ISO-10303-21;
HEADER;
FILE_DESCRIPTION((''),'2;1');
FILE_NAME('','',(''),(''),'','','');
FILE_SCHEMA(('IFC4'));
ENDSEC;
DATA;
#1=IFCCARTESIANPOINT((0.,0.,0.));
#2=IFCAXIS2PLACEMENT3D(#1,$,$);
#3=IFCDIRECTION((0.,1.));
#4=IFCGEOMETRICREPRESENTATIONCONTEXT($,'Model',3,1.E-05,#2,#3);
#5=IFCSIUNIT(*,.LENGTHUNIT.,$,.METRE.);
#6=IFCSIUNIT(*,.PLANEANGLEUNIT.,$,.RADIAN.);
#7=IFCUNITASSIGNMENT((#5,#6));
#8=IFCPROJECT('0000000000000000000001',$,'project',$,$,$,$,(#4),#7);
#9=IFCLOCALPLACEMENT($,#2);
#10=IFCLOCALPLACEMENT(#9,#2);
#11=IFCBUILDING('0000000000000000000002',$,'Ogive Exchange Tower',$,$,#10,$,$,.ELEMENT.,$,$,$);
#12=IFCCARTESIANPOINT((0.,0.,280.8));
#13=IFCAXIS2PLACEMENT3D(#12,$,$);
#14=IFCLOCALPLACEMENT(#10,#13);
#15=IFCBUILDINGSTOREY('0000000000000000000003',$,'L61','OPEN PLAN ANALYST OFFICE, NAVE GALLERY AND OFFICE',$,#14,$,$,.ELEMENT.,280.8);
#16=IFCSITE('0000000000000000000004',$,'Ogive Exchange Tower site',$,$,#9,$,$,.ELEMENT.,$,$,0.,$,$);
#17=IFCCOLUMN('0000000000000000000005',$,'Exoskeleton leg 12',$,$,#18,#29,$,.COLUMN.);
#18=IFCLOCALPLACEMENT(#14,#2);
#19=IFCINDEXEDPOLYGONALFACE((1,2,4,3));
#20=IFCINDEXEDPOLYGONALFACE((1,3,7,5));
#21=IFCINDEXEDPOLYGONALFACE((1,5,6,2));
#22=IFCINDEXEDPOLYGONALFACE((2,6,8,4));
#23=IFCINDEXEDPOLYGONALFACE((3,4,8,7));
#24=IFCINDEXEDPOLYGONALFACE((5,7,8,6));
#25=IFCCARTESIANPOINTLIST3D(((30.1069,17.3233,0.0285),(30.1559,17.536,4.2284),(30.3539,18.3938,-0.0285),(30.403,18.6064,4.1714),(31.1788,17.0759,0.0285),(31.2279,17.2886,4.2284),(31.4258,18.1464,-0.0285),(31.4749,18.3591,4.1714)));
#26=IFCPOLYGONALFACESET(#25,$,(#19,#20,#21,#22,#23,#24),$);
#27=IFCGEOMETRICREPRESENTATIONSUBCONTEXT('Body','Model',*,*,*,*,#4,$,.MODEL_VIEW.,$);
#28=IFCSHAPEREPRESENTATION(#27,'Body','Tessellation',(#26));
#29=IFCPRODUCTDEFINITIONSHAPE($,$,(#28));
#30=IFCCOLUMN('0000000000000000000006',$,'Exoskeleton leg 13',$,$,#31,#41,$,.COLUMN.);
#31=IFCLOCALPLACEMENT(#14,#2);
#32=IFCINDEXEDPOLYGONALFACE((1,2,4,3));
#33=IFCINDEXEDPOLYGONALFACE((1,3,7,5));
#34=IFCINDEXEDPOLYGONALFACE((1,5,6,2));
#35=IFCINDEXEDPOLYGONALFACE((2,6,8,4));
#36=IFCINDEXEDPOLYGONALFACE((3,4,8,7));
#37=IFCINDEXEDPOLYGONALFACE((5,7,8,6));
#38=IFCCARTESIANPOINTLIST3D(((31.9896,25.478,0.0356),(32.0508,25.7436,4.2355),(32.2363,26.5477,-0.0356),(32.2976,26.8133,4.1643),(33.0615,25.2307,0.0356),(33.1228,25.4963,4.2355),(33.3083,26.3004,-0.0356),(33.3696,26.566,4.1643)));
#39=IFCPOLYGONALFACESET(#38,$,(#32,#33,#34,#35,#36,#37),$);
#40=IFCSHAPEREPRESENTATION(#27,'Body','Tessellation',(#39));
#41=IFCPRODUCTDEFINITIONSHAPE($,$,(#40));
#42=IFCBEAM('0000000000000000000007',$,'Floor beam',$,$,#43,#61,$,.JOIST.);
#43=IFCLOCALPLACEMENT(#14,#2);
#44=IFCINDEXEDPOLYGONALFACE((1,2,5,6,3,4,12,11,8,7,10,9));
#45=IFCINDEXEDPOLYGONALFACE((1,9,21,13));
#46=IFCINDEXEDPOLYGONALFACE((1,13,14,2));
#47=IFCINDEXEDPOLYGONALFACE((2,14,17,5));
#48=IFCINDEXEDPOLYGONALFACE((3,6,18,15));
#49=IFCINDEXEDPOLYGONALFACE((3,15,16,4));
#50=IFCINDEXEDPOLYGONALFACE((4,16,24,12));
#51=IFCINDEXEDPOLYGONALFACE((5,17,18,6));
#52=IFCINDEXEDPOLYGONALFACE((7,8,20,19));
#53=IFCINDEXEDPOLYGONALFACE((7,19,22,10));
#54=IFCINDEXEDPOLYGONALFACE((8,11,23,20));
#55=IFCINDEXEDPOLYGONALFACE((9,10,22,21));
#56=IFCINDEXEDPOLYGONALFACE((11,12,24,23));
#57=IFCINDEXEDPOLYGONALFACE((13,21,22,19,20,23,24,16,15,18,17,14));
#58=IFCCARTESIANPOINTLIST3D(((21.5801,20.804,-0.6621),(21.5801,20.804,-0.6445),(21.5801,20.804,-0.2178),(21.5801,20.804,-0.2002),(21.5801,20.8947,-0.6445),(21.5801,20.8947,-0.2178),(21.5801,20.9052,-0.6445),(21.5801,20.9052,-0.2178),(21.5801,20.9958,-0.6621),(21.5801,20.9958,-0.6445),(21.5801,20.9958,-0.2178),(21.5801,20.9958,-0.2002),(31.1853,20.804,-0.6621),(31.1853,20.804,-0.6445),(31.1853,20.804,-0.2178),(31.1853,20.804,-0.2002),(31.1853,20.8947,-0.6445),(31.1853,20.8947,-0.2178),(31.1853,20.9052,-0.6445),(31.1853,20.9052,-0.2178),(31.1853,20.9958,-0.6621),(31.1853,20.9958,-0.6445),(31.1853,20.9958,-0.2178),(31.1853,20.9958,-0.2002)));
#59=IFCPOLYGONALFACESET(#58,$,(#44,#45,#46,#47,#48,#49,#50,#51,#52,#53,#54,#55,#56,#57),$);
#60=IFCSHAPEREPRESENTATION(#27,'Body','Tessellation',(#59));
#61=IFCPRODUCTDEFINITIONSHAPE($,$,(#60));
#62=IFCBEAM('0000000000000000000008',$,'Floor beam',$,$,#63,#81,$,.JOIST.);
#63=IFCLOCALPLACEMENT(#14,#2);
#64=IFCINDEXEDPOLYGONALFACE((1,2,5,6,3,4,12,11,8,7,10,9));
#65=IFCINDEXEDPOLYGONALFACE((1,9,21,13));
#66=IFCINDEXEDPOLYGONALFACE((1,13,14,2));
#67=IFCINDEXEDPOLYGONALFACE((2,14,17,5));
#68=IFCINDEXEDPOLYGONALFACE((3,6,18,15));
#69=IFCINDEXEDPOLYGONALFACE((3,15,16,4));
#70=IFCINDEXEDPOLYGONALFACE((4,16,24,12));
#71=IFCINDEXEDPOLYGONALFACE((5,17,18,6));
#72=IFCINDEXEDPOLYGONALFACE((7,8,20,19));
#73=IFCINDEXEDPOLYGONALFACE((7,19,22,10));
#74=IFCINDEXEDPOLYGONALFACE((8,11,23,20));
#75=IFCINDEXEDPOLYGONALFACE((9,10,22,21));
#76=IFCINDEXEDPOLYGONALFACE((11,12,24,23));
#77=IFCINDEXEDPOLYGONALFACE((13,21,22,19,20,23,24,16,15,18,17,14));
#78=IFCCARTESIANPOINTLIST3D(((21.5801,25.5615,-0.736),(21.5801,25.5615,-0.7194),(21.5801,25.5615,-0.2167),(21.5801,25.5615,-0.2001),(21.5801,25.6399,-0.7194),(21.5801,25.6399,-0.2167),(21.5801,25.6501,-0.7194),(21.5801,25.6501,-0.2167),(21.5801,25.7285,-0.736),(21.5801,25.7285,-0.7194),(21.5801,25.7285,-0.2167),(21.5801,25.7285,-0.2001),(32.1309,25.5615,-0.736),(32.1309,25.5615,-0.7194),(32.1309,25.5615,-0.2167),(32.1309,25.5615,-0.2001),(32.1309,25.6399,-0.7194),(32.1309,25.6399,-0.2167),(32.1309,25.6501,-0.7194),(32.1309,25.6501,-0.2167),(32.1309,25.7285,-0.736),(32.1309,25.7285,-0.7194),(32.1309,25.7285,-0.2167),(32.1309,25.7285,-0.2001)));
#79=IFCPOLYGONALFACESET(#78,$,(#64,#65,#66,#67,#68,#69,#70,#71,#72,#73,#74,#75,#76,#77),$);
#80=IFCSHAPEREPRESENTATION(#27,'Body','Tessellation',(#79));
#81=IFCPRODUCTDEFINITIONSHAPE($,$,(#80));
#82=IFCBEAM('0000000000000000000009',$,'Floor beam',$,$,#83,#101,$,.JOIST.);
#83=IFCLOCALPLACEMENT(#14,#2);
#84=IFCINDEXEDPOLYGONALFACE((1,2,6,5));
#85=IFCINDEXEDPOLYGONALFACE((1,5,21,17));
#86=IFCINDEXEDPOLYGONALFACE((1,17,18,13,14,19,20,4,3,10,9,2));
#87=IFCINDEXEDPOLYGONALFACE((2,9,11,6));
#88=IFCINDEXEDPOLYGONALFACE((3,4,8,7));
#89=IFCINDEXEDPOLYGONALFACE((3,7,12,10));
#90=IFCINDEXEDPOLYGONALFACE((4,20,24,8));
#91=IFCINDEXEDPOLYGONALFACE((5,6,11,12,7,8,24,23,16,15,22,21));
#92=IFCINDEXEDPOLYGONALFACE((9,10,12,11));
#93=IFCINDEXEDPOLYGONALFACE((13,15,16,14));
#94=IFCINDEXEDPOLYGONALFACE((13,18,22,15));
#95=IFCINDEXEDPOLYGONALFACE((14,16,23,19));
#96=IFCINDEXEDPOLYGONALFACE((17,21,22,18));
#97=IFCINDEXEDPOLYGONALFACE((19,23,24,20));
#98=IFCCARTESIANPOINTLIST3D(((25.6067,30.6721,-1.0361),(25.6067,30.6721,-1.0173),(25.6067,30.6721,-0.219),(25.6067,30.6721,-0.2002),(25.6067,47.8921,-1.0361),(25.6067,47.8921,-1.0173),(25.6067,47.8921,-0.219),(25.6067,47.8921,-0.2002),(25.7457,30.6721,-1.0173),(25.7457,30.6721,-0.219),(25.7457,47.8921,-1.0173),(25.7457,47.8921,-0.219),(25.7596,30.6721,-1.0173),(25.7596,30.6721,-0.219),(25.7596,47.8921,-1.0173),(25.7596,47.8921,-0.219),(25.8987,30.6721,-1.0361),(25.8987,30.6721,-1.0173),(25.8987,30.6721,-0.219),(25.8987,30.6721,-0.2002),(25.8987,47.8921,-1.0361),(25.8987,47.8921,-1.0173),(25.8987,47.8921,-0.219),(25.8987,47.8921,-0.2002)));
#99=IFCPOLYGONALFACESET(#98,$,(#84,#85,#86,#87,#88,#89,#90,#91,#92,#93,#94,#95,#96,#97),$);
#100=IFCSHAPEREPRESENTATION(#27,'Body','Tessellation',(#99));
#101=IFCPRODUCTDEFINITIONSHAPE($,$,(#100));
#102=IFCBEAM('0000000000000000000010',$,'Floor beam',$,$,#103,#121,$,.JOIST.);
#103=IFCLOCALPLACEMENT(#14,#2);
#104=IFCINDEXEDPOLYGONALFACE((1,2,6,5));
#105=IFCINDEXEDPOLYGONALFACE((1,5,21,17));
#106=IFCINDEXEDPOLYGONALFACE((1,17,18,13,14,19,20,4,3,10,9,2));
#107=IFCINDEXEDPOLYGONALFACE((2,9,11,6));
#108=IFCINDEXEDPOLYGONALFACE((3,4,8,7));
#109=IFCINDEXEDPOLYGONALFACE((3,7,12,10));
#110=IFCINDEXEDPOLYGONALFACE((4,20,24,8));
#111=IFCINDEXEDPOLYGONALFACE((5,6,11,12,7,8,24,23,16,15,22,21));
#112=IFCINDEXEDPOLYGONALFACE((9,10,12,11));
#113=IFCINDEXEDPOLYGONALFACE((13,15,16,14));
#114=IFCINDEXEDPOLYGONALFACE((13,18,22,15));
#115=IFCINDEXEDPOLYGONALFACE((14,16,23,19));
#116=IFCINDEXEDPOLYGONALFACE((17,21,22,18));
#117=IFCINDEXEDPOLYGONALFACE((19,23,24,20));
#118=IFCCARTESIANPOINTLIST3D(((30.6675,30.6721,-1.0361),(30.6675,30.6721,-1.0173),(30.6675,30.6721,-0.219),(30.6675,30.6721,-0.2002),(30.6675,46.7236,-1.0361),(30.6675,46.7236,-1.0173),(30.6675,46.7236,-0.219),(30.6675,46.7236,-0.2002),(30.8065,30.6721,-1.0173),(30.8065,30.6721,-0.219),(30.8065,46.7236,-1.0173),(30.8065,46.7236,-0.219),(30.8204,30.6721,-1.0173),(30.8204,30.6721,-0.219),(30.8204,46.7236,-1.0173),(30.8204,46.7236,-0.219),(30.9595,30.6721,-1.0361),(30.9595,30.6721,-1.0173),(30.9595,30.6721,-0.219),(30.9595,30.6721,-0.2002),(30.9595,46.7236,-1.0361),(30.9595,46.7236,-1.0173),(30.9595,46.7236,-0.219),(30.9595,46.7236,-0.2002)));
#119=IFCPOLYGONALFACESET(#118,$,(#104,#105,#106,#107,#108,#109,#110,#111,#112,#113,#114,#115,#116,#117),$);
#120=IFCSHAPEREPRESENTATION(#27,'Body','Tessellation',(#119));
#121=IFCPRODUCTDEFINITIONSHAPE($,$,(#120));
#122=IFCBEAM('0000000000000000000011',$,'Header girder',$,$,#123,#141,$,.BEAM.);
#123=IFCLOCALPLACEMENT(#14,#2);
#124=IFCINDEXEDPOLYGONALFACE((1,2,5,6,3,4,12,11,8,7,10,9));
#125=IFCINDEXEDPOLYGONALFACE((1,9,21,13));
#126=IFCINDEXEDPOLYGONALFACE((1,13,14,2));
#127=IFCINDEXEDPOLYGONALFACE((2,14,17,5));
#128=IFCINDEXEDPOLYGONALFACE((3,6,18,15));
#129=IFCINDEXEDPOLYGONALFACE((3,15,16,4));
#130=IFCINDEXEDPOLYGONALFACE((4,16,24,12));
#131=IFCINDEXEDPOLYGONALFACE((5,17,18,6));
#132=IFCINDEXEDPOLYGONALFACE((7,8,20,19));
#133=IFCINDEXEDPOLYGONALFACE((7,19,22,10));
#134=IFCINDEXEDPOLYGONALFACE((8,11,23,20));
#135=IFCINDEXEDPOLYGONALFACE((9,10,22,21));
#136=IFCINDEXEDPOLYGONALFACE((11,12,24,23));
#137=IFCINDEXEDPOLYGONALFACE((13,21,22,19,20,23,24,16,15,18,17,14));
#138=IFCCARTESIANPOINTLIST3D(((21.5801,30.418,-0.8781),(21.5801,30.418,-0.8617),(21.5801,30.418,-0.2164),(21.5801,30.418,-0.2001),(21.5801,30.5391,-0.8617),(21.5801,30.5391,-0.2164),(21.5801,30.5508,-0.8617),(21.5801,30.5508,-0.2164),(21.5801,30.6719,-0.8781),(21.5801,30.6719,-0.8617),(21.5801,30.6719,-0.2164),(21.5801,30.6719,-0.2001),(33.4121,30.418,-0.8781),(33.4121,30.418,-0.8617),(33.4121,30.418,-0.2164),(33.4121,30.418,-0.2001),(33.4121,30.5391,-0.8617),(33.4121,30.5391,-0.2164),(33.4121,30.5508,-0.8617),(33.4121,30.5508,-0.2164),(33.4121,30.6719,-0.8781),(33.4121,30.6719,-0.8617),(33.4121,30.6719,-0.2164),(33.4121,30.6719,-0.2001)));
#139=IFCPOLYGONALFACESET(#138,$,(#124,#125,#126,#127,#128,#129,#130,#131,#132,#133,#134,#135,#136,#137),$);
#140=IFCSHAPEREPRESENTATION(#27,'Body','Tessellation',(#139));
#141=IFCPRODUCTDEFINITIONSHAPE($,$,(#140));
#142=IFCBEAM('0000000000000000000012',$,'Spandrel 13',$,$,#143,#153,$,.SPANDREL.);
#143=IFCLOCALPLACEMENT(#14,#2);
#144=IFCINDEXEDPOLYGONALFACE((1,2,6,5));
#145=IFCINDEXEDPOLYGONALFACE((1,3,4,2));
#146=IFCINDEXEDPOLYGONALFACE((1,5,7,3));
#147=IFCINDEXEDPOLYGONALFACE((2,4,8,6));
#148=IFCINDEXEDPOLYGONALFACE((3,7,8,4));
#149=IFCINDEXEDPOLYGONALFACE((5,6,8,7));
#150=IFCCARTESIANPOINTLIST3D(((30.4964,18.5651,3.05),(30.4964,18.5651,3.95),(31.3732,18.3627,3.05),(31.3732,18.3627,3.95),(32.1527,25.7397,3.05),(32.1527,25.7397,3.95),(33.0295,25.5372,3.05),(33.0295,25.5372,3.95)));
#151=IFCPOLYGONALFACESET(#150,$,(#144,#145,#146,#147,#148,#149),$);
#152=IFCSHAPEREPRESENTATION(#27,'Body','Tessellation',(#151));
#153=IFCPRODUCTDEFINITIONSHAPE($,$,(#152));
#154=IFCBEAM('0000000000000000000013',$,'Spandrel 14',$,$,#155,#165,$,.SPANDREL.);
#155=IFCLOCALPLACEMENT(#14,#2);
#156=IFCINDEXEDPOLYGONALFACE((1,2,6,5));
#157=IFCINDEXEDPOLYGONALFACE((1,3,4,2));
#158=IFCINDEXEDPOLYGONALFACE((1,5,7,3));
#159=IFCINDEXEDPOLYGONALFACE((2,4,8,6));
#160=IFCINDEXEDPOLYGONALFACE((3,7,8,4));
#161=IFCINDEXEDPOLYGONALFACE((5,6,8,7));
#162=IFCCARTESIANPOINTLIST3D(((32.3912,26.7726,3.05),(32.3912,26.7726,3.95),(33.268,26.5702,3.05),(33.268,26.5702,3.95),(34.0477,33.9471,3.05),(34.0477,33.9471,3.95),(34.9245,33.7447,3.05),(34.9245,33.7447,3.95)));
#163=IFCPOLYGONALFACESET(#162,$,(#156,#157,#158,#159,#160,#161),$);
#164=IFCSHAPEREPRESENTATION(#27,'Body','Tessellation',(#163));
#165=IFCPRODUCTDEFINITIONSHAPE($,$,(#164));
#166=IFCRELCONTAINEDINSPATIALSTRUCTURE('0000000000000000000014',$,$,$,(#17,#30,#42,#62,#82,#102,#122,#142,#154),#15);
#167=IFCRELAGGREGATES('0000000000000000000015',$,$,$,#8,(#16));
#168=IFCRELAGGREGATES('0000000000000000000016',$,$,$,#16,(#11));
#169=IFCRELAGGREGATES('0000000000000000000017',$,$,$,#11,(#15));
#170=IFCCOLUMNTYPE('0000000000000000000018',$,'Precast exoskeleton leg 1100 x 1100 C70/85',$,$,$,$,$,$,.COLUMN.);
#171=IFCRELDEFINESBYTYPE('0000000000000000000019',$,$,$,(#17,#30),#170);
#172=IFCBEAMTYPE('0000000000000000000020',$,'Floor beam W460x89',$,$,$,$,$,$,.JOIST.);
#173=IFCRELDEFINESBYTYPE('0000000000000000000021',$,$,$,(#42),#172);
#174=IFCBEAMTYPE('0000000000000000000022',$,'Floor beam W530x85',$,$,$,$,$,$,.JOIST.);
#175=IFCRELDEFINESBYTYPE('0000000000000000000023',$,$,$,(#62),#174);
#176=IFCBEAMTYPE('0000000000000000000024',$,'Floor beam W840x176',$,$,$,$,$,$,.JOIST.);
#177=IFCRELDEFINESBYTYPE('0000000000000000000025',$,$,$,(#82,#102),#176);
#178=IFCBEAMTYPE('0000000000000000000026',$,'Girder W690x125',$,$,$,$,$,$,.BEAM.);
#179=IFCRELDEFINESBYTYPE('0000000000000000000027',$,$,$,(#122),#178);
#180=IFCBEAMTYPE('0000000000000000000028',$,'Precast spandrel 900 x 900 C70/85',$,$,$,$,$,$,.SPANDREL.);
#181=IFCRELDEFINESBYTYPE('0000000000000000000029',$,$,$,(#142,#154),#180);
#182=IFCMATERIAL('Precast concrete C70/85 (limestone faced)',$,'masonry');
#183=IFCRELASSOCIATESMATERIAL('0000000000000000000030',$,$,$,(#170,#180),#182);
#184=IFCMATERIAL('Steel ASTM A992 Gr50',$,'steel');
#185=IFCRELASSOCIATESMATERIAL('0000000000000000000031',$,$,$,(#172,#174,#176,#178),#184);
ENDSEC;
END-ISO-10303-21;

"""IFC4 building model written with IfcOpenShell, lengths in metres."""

from ifc_helpers import new_model, si_unit, direction, frame, origin, origin_2d, place, context, subcontext, project, spatial, rectangle, i_section, extrude, material, material_profile, profile_set, type_object, element, save


model = new_model("IFC4")

# Units and contexts
model_context = context("Model", 3, precision=1e-05, world=origin(), true_north=direction((0.0, 1.0)))
body_context = subcontext(model_context, "Body", "Model", "MODEL_VIEW")
ifc_project = project(units=[si_unit("LENGTHUNIT", "METRE"), si_unit("PLANEANGLEUNIT", "RADIAN")], contexts=[model_context])

# Site, building, storey
site_placement = place(None, origin())
site = spatial("IfcSite", under=ifc_project, at=site_placement, Name="Ogive Exchange Tower site", CompositionType="ELEMENT", RefElevation=0.0)
building_placement = place(site_placement, origin())
building = spatial("IfcBuilding", under=site, at=building_placement, Name="Ogive Exchange Tower", CompositionType="ELEMENT")
storey_placement = place(building_placement, frame((0.0, 0.0, 280.8)))
storey = spatial("IfcBuildingStorey", under=building, at=storey_placement, Name="L61", Description="OPEN PLAN ANALYST OFFICE, NAVE GALLERY AND OFFICE", CompositionType="ELEMENT", Elevation=280.8)

# Columns
ifc_material_1 = material(Name="Precast concrete C70/85 (limestone faced)", Category="masonry")
ifc_material_profile_1 = material_profile(ifc_material_1, rectangle(XDim=1.1001, YDim=1.1001, at=origin_2d()), Name="1100 x 1100")
ifc_profile_set_1 = profile_set([ifc_material_profile_1], Name="Precast concrete C70/85 (limestone faced)")
column_type = type_object("IfcColumnType", Name="Precast exoskeleton leg 1100 x 1100 C70/85", PredefinedType="COLUMN", material=ifc_profile_set_1)
column_1_placement = place(storey_placement, frame((30.7664, 17.7349, 0.0), z_axis=(0.011668, 0.050562, 0.998653), x_axis=(-0.974391, 0.22486, 0.0)))
element("IfcColumn", 1, at=column_1_placement, inside=storey, type_object=column_type, Name="Exoskeleton leg 12", PredefinedType="COLUMN", context=body_context, shape_type="SweptSolid", body=[
    extrude(rectangle(XDim=1.1001, YDim=1.1001, at=origin_2d()), origin(), (0.0, 0.0, 1.0), 4.2056),
])
column_2_placement = place(storey_placement, frame((32.6489, 25.8892, 0.0), z_axis=(0.01456, 0.063112, 0.9979), x_axis=(-0.974406, 0.224794, 0.0)))
element("IfcColumn", 2, at=column_2_placement, inside=storey, type_object=column_type, Name="Exoskeleton leg 13", PredefinedType="COLUMN", context=body_context, shape_type="SweptSolid", body=[
    extrude(rectangle(XDim=1.1001, YDim=1.1001, at=origin_2d()), origin(), (0.0, 0.0, 1.0), 4.2087),
])

# Beams
ifc_material_2 = material(Name="Steel ASTM A992 Gr50", Category="steel")
ifc_material_profile_2 = material_profile(ifc_material_2, i_section(OverallWidth=0.1919, OverallDepth=0.4619, WebThickness=0.0105, FlangeThickness=0.0176, at=origin_2d()), Name="W460x89")
ifc_profile_set_2 = profile_set([ifc_material_profile_2], Name="Steel ASTM A992 Gr50")
beam_type_1 = type_object("IfcBeamType", Name="Floor beam W460x89", PredefinedType="JOIST", material=ifc_profile_set_2)
beam_1_placement = place(storey_placement, frame((21.5801, 20.8999, -0.4312), z_axis=(1.0, 0.0, 0.0), x_axis=(0.0, 1.0, 0.0)))
element("IfcBeam", 3, at=beam_1_placement, inside=storey, type_object=beam_type_1, Name="Floor beam", PredefinedType="JOIST", context=body_context, shape_type="SweptSolid", body=[
    extrude(i_section(OverallWidth=0.1919, OverallDepth=0.4619, WebThickness=0.0105, FlangeThickness=0.0176, at=origin_2d()), origin(), (0.0, 0.0, 1.0), 9.6052),
])
ifc_material_profile_3 = material_profile(ifc_material_2, i_section(OverallWidth=0.167, OverallDepth=0.5359, WebThickness=0.0103, FlangeThickness=0.0166, at=origin_2d()), Name="W530x85")
ifc_profile_set_3 = profile_set([ifc_material_profile_3], Name="Steel ASTM A992 Gr50")
beam_type_2 = type_object("IfcBeamType", Name="Floor beam W530x85", PredefinedType="JOIST", material=ifc_profile_set_3)
beam_2_placement = place(storey_placement, frame((21.5801, 25.645, -0.468), z_axis=(1.0, 0.0, 0.0), x_axis=(0.0, 1.0, 0.0)))
element("IfcBeam", 4, at=beam_2_placement, inside=storey, type_object=beam_type_2, Name="Floor beam", PredefinedType="JOIST", context=body_context, shape_type="SweptSolid", body=[
    extrude(i_section(OverallWidth=0.167, OverallDepth=0.5359, WebThickness=0.0103, FlangeThickness=0.0166, at=origin_2d()), origin(), (0.0, 0.0, 1.0), 10.5508),
])
ifc_material_profile_4 = material_profile(ifc_material_2, i_section(OverallWidth=0.292, OverallDepth=0.8359, WebThickness=0.0139, FlangeThickness=0.0188, at=origin_2d()), Name="W840x176")
ifc_profile_set_4 = profile_set([ifc_material_profile_4], Name="Steel ASTM A992 Gr50")
beam_type_3 = type_object("IfcBeamType", Name="Floor beam W840x176", PredefinedType="JOIST", material=ifc_profile_set_4)
beam_3_placement = place(storey_placement, frame((25.7527, 30.6721, -0.6182), z_axis=(0.0, 1.0, 0.0), x_axis=(-1.0, 0.0, 0.0)))
element("IfcBeam", 5, at=beam_3_placement, inside=storey, type_object=beam_type_3, Name="Floor beam", PredefinedType="JOIST", context=body_context, shape_type="SweptSolid", body=[
    extrude(i_section(OverallWidth=0.292, OverallDepth=0.8359, WebThickness=0.0139, FlangeThickness=0.0188, at=origin_2d()), origin(), (0.0, 0.0, 1.0), 17.22),
])
beam_4_placement = place(storey_placement, frame((30.8135, 30.6721, -0.6182), z_axis=(0.0, 1.0, 0.0), x_axis=(-1.0, 0.0, 0.0)))
element("IfcBeam", 6, at=beam_4_placement, inside=storey, type_object=beam_type_3, Name="Floor beam", PredefinedType="JOIST", context=body_context, shape_type="SweptSolid", body=[
    extrude(i_section(OverallWidth=0.292, OverallDepth=0.8359, WebThickness=0.0139, FlangeThickness=0.0188, at=origin_2d()), origin(), (0.0, 0.0, 1.0), 16.0515),
])
ifc_material_profile_5 = material_profile(ifc_material_2, i_section(OverallWidth=0.2539, OverallDepth=0.678, WebThickness=0.0117, FlangeThickness=0.0164, at=origin_2d()), Name="W690x125")
ifc_profile_set_5 = profile_set([ifc_material_profile_5], Name="Steel ASTM A992 Gr50")
beam_type_4 = type_object("IfcBeamType", Name="Girder W690x125", PredefinedType="BEAM", material=ifc_profile_set_5)
beam_5_placement = place(storey_placement, frame((21.5801, 30.5449, -0.5391), z_axis=(1.0, 0.0, 0.0), x_axis=(0.0, 1.0, 0.0)))
element("IfcBeam", 7, at=beam_5_placement, inside=storey, type_object=beam_type_4, Name="Header girder", PredefinedType="BEAM", context=body_context, shape_type="SweptSolid", body=[
    extrude(i_section(OverallWidth=0.2539, OverallDepth=0.678, WebThickness=0.0117, FlangeThickness=0.0164, at=origin_2d()), origin(), (0.0, 0.0, 1.0), 11.832),
])
ifc_material_profile_6 = material_profile(ifc_material_1, rectangle(XDim=0.8999, YDim=0.8999, at=origin_2d()), Name="900 x 900")
ifc_profile_set_6 = profile_set([ifc_material_profile_6], Name="Precast concrete C70/85 (limestone faced)")
beam_type_5 = type_object("IfcBeamType", Name="Precast spandrel 900 x 900 C70/85", PredefinedType="SPANDREL", material=ifc_profile_set_6)
for number, where, z_axis, x_axis, name in (
    (8, (30.9348, 18.4639, 3.5), (0.224935, 0.974374, 0.0), (-0.974374, 0.224935, 0.0), "Spandrel 13"),
    (9, (32.8296, 26.6714, 3.5), (0.224966, 0.974367, 0.0), (-0.974367, 0.224966, 0.0), "Spandrel 14"),
):
    element("IfcBeam", number, at=place(storey_placement, frame(where, z_axis=z_axis, x_axis=x_axis)), inside=storey, type_object=beam_type_5, Name=name, PredefinedType="SPANDREL", context=body_context, shape_type="SweptSolid", body=[
        extrude(rectangle(XDim=0.8999, YDim=0.8999, at=origin_2d()), origin(), (0.0, 0.0, 1.0), 7.3633),
    ])

save(model, "model.ifc")
